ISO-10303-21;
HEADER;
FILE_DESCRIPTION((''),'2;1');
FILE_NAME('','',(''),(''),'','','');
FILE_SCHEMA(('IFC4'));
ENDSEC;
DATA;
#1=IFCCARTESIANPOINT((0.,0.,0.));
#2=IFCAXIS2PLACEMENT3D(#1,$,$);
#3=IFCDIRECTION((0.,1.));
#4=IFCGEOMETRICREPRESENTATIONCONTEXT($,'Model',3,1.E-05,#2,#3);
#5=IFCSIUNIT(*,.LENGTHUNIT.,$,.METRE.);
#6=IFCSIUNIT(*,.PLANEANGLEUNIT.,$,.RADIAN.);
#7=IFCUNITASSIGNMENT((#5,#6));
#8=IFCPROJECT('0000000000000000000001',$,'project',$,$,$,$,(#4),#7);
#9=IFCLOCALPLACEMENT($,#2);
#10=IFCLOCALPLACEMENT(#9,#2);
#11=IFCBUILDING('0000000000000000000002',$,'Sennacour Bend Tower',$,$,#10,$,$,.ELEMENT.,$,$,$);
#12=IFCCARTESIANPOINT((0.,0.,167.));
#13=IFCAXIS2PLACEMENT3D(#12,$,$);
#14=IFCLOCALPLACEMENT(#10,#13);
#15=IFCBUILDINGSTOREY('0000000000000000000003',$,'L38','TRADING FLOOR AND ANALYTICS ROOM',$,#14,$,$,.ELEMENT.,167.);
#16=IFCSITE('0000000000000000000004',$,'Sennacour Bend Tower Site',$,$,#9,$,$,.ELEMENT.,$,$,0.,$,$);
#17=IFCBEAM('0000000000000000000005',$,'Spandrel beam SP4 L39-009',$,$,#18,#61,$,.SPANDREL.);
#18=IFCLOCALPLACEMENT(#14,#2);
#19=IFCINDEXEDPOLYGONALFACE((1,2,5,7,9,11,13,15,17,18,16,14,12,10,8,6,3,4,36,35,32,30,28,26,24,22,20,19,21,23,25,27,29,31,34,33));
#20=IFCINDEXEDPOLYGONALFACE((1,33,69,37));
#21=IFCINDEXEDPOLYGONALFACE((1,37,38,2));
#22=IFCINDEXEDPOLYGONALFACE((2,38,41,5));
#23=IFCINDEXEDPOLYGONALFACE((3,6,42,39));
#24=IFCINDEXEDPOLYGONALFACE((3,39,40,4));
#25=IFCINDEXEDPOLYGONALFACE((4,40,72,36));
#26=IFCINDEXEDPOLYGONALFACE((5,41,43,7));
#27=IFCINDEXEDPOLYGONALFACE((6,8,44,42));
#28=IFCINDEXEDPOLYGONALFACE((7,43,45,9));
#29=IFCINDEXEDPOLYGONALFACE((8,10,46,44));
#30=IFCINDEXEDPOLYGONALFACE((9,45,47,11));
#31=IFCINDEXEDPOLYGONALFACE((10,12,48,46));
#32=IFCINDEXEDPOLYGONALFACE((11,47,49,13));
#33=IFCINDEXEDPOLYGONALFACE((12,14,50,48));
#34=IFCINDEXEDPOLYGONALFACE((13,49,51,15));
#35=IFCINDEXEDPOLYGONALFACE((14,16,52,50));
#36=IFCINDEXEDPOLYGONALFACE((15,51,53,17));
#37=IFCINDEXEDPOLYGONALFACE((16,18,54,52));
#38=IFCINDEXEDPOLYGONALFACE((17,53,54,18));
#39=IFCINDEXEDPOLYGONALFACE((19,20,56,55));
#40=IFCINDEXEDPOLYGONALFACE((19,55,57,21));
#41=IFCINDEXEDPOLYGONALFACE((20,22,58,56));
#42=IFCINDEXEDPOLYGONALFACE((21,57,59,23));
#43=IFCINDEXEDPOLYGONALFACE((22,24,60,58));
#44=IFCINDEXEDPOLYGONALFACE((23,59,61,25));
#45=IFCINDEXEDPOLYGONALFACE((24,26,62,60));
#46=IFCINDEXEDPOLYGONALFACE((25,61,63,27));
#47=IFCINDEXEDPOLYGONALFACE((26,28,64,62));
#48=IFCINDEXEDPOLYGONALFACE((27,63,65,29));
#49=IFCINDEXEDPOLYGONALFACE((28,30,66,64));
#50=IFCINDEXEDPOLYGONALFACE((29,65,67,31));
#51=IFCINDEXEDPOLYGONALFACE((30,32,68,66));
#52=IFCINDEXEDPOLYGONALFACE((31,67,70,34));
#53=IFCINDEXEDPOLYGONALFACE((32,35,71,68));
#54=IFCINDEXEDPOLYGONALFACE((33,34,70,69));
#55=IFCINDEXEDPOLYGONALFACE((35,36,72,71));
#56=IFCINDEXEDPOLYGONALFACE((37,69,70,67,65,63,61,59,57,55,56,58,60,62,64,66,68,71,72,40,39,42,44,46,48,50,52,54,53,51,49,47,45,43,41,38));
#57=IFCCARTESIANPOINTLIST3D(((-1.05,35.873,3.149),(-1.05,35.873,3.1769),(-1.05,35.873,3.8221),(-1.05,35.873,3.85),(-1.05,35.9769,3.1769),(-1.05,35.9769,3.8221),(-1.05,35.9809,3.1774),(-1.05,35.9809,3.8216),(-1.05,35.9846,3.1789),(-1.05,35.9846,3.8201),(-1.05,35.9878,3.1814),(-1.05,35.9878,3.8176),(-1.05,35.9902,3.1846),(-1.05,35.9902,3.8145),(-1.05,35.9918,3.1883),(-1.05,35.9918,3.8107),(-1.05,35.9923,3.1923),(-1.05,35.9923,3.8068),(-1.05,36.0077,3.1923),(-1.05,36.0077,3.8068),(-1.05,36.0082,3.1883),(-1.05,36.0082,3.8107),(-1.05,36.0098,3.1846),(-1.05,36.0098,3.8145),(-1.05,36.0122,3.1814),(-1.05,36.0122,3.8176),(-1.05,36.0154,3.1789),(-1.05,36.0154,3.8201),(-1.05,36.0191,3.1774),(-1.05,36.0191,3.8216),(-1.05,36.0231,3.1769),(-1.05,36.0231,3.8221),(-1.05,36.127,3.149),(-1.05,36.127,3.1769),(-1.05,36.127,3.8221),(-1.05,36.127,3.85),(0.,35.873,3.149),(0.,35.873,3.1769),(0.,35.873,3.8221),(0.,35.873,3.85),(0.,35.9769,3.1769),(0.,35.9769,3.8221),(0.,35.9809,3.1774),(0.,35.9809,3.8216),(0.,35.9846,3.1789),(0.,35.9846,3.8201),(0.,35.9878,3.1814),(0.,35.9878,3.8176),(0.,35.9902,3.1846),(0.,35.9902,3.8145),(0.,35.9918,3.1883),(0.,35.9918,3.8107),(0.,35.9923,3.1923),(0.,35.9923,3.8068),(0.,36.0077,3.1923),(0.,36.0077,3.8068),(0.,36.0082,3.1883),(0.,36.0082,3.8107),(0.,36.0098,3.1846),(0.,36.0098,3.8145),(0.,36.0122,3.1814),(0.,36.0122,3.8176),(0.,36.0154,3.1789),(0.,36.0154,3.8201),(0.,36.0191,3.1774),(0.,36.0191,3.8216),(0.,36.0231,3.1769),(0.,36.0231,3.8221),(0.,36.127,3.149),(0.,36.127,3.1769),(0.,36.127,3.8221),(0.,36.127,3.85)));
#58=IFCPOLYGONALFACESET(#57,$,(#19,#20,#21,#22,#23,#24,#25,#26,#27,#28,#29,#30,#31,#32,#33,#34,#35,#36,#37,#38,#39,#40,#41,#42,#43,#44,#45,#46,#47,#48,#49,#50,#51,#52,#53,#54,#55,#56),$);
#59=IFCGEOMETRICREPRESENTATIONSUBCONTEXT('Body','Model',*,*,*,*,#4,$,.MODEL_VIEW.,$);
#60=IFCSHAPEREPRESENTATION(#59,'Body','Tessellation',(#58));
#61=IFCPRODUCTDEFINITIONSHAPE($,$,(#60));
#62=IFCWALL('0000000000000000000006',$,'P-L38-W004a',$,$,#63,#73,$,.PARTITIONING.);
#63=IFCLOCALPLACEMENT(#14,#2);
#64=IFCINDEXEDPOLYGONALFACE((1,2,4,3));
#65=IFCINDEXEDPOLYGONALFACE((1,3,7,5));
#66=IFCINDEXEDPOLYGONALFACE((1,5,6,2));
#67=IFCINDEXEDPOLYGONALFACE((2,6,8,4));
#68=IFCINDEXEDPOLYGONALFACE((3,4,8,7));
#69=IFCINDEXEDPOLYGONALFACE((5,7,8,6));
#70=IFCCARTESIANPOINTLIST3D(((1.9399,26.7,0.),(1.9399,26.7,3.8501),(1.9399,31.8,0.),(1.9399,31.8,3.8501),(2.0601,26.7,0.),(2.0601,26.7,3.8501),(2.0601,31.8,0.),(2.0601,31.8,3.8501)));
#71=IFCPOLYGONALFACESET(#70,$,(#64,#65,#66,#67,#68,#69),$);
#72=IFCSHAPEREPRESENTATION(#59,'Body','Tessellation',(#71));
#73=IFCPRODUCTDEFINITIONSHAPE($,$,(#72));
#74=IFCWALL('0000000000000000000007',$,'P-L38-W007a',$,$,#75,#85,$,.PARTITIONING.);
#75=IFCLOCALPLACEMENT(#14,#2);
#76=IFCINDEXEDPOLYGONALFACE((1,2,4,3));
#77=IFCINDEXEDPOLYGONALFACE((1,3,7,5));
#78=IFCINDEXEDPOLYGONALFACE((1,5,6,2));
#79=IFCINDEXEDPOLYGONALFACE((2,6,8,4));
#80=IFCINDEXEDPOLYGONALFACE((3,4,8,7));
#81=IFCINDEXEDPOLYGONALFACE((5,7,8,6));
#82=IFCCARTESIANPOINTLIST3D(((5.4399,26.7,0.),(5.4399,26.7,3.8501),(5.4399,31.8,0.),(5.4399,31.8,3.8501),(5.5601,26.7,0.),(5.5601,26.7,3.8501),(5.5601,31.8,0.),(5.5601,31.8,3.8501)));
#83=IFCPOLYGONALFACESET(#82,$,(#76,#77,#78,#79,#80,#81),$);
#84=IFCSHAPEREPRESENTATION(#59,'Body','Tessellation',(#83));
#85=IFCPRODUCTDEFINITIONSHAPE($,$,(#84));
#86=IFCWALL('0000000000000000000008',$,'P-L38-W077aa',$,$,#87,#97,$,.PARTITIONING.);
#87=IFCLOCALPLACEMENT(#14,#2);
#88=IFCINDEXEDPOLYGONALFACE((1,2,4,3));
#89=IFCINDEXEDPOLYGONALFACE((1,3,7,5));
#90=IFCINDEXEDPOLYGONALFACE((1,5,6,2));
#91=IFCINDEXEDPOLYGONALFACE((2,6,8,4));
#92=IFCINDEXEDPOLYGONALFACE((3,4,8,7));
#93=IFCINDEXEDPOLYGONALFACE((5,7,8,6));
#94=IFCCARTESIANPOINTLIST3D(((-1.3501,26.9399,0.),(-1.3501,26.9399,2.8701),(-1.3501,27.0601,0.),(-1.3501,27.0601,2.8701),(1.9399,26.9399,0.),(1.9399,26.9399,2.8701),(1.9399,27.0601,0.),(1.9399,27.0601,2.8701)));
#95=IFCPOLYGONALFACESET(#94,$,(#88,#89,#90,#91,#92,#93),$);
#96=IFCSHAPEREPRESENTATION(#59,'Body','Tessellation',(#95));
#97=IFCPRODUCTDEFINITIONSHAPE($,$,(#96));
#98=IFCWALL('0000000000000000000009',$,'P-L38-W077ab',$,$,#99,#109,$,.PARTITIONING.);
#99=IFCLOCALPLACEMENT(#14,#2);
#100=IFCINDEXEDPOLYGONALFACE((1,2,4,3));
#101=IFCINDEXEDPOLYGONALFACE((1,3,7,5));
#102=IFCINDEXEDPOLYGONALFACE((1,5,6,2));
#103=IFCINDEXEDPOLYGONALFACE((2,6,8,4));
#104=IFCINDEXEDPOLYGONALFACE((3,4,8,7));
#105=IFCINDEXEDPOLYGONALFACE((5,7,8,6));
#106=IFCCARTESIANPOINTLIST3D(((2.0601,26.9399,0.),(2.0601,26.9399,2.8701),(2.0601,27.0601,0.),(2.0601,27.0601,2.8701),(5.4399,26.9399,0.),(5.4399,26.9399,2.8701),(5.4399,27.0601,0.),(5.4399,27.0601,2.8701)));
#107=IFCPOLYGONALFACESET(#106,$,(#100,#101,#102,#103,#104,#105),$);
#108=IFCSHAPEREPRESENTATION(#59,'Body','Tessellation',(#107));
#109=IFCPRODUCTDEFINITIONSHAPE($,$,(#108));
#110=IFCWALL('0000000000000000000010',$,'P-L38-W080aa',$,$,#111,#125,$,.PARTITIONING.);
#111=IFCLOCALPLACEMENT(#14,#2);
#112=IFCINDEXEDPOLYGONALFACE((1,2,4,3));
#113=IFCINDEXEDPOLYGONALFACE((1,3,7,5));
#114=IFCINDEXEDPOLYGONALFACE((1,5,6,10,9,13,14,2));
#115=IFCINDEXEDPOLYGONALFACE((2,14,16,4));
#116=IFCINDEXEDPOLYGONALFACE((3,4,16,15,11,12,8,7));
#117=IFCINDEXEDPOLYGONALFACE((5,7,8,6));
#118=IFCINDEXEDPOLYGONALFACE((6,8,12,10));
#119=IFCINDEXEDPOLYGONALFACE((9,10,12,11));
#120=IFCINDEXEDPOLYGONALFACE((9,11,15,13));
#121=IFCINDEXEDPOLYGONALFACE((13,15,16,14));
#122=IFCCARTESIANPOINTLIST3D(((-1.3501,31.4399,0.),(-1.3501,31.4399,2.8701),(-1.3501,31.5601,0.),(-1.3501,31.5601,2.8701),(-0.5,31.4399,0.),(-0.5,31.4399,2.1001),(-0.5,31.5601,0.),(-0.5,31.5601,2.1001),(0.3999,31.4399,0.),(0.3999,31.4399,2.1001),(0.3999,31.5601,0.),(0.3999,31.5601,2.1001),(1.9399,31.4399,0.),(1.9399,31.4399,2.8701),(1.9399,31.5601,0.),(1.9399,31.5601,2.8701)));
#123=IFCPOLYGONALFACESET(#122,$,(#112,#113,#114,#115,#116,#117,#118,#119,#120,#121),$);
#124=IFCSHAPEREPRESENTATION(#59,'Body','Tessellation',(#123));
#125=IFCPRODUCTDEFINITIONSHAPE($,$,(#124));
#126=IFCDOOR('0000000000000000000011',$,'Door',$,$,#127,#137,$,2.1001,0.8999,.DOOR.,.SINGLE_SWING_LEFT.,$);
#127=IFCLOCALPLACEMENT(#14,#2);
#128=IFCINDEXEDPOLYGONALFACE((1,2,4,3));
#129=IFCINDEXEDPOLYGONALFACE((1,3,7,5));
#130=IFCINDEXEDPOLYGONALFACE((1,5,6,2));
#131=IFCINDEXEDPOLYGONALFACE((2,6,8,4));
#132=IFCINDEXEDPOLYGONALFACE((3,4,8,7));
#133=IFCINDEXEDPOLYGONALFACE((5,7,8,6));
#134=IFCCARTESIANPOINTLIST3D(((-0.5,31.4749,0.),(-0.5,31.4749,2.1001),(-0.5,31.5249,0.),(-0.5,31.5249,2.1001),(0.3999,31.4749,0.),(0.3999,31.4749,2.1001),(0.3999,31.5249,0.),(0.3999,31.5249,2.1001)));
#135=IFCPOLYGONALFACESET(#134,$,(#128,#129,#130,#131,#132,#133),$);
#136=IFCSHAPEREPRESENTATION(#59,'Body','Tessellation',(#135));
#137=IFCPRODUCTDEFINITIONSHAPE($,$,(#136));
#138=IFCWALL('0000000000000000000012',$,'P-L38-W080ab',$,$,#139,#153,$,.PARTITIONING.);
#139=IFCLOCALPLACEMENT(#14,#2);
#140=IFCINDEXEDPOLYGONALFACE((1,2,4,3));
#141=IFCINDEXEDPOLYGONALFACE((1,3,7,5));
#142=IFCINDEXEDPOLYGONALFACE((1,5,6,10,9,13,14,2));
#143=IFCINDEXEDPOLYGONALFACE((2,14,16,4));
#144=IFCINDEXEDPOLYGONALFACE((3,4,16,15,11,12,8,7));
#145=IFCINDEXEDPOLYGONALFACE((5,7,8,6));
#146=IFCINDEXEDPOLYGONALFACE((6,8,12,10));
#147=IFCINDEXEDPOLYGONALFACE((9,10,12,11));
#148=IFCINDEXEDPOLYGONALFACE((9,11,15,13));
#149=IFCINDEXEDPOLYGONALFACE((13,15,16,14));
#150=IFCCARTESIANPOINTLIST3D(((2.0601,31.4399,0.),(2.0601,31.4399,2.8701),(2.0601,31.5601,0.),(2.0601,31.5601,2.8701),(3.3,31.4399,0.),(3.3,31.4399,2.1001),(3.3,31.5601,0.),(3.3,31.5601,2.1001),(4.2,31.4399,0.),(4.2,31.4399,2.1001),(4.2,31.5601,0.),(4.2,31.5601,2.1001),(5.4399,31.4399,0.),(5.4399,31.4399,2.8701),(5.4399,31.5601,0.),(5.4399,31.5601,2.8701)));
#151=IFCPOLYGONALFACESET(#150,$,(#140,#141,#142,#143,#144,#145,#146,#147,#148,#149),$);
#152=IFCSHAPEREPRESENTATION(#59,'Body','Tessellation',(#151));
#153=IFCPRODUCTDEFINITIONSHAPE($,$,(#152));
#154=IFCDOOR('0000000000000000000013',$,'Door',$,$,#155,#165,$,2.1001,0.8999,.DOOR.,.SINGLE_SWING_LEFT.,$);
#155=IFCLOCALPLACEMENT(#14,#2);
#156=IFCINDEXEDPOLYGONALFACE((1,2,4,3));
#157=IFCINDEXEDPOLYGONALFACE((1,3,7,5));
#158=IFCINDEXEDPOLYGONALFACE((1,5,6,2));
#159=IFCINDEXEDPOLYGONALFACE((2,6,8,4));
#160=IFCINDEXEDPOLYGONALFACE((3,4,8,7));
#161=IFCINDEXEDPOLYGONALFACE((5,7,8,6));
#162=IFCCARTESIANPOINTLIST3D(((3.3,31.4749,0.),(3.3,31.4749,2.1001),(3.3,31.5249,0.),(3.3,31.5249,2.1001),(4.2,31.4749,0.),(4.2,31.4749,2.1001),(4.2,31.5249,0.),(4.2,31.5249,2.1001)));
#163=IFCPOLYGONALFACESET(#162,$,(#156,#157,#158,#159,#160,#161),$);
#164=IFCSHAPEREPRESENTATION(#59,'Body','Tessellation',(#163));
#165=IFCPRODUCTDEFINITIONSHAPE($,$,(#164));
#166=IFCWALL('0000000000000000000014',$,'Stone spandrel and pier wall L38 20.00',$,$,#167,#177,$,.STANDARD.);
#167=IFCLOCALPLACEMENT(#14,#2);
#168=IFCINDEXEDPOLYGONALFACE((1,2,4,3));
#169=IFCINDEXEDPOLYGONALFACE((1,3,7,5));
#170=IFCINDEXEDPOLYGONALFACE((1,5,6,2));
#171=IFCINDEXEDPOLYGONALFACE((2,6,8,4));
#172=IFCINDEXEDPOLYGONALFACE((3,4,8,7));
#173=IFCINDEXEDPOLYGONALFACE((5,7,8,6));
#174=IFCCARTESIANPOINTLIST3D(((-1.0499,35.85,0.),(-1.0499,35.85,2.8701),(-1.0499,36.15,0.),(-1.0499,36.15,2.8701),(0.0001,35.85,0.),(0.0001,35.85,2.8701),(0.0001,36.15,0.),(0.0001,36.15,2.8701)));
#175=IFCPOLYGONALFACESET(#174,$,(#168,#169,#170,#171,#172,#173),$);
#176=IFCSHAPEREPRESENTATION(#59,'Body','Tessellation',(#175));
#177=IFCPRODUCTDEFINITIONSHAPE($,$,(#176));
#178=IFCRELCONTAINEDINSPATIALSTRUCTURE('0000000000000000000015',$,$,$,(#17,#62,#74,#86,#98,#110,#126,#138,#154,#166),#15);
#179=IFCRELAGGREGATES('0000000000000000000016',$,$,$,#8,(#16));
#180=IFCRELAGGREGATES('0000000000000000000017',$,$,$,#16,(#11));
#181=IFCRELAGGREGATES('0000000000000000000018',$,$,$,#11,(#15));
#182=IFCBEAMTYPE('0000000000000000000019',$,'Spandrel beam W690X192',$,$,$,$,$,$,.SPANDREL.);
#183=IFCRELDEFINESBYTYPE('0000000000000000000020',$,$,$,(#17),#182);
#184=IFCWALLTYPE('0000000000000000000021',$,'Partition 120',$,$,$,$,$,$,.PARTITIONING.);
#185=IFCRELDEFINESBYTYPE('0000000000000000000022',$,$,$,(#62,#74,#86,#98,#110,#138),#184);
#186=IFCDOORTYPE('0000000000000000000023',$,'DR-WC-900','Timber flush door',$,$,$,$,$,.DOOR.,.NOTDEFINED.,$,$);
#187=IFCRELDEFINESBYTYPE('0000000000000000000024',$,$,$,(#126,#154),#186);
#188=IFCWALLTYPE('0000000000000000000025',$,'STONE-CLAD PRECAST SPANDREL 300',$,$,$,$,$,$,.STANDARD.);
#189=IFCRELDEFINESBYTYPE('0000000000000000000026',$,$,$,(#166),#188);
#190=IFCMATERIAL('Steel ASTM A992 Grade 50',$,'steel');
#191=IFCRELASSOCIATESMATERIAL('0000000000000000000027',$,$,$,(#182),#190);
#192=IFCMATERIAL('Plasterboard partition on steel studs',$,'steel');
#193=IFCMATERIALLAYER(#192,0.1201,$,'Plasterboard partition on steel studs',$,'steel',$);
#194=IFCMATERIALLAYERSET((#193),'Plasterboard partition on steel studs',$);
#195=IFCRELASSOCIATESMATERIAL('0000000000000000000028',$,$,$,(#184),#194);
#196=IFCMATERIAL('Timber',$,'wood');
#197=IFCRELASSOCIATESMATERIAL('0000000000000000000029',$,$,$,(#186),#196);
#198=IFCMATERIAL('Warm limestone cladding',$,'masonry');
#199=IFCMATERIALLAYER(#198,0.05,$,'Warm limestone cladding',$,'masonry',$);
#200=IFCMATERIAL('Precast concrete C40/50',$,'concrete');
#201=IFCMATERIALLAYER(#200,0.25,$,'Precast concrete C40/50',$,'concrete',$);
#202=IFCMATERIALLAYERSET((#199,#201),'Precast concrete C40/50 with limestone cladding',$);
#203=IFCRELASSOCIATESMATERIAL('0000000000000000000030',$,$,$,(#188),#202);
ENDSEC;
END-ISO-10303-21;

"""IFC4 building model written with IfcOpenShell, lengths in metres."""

from ifc_helpers import new_model, si_unit, direction, frame, frame_2d, origin, origin_2d, place, context, subcontext, project, spatial, rectangle, i_section, extrude, material, layer, layer_set, material_profile, profile_set, type_object, element, fill, save


model = new_model("IFC4")

# Units and contexts
model_context = context("Model", 3, precision=1e-05, world=origin(), true_north=direction((0.0, 1.0)))
body_context = subcontext(model_context, "Body", "Model", "MODEL_VIEW")
ifc_project = project(units=[si_unit("LENGTHUNIT", "METRE"), si_unit("PLANEANGLEUNIT", "RADIAN")], contexts=[model_context])

# Site, building, storey
site_placement = place(None, origin())
site = spatial("IfcSite", under=ifc_project, at=site_placement, Name="Sennacour Bend Tower Site", CompositionType="ELEMENT", RefElevation=0.0)
building_placement = place(site_placement, origin())
building = spatial("IfcBuilding", under=site, at=building_placement, Name="Sennacour Bend Tower", CompositionType="ELEMENT")
storey_placement = place(building_placement, frame((0.0, 0.0, 167.0)))
storey = spatial("IfcBuildingStorey", under=building, at=storey_placement, Name="L38", Description="TRADING FLOOR AND ANALYTICS ROOM", CompositionType="ELEMENT", Elevation=167.0)

# Beam
ifc_material_1 = material(Name="Steel ASTM A992 Grade 50", Category="steel")
ifc_material_profile_1 = material_profile(ifc_material_1, i_section(OverallWidth=0.2539, OverallDepth=0.7009, WebThickness=0.0154, FlangeThickness=0.0278, FilletRadius=0.0154, at=origin_2d()), Name="Steel ASTM A992 Grade 50", Category="steel")
ifc_profile_set_1 = profile_set([ifc_material_profile_1], Name="Steel ASTM A992 Grade 50")
beam_type_1 = type_object("IfcBeamType", Name="Spandrel beam W690X192", PredefinedType="SPANDREL", material=ifc_profile_set_1)
beam_1_placement = place(storey_placement, frame((-1.05, 36.0, 3.4995), z_axis=(1.0, 0.0, 0.0), x_axis=(0.0, 1.0, 0.0)))
element("IfcBeam", 1, at=beam_1_placement, inside=storey, type_object=beam_type_1, Name="Spandrel beam SP4 L39-009", PredefinedType="SPANDREL", context=body_context, shape_type="SweptSolid", body=[
    extrude(i_section(OverallWidth=0.2539, OverallDepth=0.7009, WebThickness=0.0154, FlangeThickness=0.0278, FilletRadius=0.0154, at=origin_2d()), origin(), (0.0, 0.0, 1.0), 1.05),
])

# Walls
ifc_material_2 = material(Name="Plasterboard partition on steel studs", Category="steel")
ifc_layer_1 = layer(ifc_material_2, 0.1201, Name="Plasterboard partition on steel studs", Category="steel")
ifc_layer_set_1 = layer_set([ifc_layer_1], Name="Plasterboard partition on steel studs")
wall_type_1 = type_object("IfcWallType", Name="Partition 120", PredefinedType="PARTITIONING", material=ifc_layer_set_1)
for number, where, z_axis, x_axis, name in (
    (2, (2.0, 26.7, 0.0), (0.0, 0.0, 1.0), (0.0, 1.0, 0.0), "P-L38-W004a"),
    (3, (5.5, 26.7, 0.0), (0.0, 0.0, 1.0), (0.0, 1.0, 0.0), "P-L38-W007a"),
):
    element("IfcWall", number, at=place(storey_placement, frame(where, z_axis=z_axis, x_axis=x_axis)), inside=storey, type_object=wall_type_1, Name=name, PredefinedType="PARTITIONING", context=body_context, shape_type="SweptSolid", body=[
        extrude(rectangle(XDim=5.1001, YDim=0.1201, at=frame_2d((2.55, 0.0))), origin(), (0.0, 0.0, 1.0), 3.8501),
    ])
wall_1_placement = place(storey_placement, frame((-1.3501, 27.0, 0.0), z_axis=(0.0, 0.0, 1.0), x_axis=(1.0, 0.0, 0.0)))
element("IfcWall", 4, at=wall_1_placement, inside=storey, type_object=wall_type_1, Name="P-L38-W077aa", PredefinedType="PARTITIONING", context=body_context, shape_type="SweptSolid", body=[
    extrude(rectangle(XDim=3.29, YDim=0.1201, at=frame_2d((1.645, 0.0))), origin(), (0.0, 0.0, 1.0), 2.8701),
])
wall_2_placement = place(storey_placement, frame((2.0601, 27.0, 0.0), z_axis=(0.0, 0.0, 1.0), x_axis=(1.0, 0.0, 0.0)))
element("IfcWall", 5, at=wall_2_placement, inside=storey, type_object=wall_type_1, Name="P-L38-W077ab", PredefinedType="PARTITIONING", context=body_context, shape_type="SweptSolid", body=[
    extrude(rectangle(XDim=3.3799, YDim=0.1201, at=frame_2d((1.6899, 0.0))), origin(), (0.0, 0.0, 1.0), 2.8701),
])

# Walls, openings, doors
wall_3_placement = place(storey_placement, frame((-1.3501, 31.5, 0.0), z_axis=(0.0, 0.0, 1.0), x_axis=(1.0, 0.0, 0.0)))
wall_3 = element("IfcWall", 6, at=wall_3_placement, inside=storey, type_object=wall_type_1, Name="P-L38-W080aa", PredefinedType="PARTITIONING", context=body_context, shape_type="SweptSolid", body=[
    extrude(rectangle(XDim=3.29, YDim=0.1201, at=frame_2d((1.645, 0.0))), origin(), (0.0, 0.0, 1.0), 2.8701),
])
opening_1_placement = place(wall_3_placement, frame((0.8501, 0.0, 0.0)))
opening_1 = element("IfcOpeningElement", 7, at=opening_1_placement, cuts=wall_3, PredefinedType="OPENING", context=body_context, shape_type="SweptSolid", body=[
    extrude(rectangle(XDim=0.8999, YDim=2.1001, at=frame_2d((0.45, 1.05))), frame((0.0, 0.0701, 0.0), z_axis=(0.0, -1.0, 0.0), x_axis=(1.0, 0.0, 0.0)), (0.0, 0.0, 1.0), 0.1401),
])
ifc_material_3 = material(Name="Timber", Category="wood")
door_type = type_object("IfcDoorType", Name="DR-WC-900", Description="Timber flush door", OperationType="NOTDEFINED", PredefinedType="DOOR", material=ifc_material_3)
door_1_placement = place(opening_1_placement, origin())
door_1 = element("IfcDoor", 8, at=door_1_placement, inside=storey, type_object=door_type, Name="Door", OperationType="SINGLE_SWING_LEFT", OverallHeight=2.1001, OverallWidth=0.8999, PredefinedType="DOOR", context=body_context, shape_type="SweptSolid", body=[
    extrude(rectangle(XDim=0.8999, YDim=2.1001, at=frame_2d((0.45, 1.05))), frame((0.0, 0.0249, 0.0), z_axis=(0.0, -1.0, 0.0), x_axis=(1.0, 0.0, 0.0)), (0.0, 0.0, 1.0), 0.05),
])
fill(opening_1, door_1)
wall_4_placement = place(storey_placement, frame((2.0601, 31.5, 0.0), z_axis=(0.0, 0.0, 1.0), x_axis=(1.0, 0.0, 0.0)))
wall_4 = element("IfcWall", 9, at=wall_4_placement, inside=storey, type_object=wall_type_1, Name="P-L38-W080ab", PredefinedType="PARTITIONING", context=body_context, shape_type="SweptSolid", body=[
    extrude(rectangle(XDim=3.3799, YDim=0.1201, at=frame_2d((1.6899, 0.0))), origin(), (0.0, 0.0, 1.0), 2.8701),
])
opening_2_placement = place(wall_4_placement, frame((1.24, 0.0, 0.0)))
opening_2 = element("IfcOpeningElement", 10, at=opening_2_placement, cuts=wall_4, PredefinedType="OPENING", context=body_context, shape_type="SweptSolid", body=[
    extrude(rectangle(XDim=0.8999, YDim=2.1001, at=frame_2d((0.45, 1.05))), frame((0.0, 0.0701, 0.0), z_axis=(0.0, -1.0, 0.0), x_axis=(1.0, 0.0, 0.0)), (0.0, 0.0, 1.0), 0.1401),
])
door_2_placement = place(opening_2_placement, origin())
door_2 = element("IfcDoor", 11, at=door_2_placement, inside=storey, type_object=door_type, Name="Door", OperationType="SINGLE_SWING_LEFT", OverallHeight=2.1001, OverallWidth=0.8999, PredefinedType="DOOR", context=body_context, shape_type="SweptSolid", body=[
    extrude(rectangle(XDim=0.8999, YDim=2.1001, at=frame_2d((0.45, 1.05))), frame((0.0, 0.0249, 0.0), z_axis=(0.0, -1.0, 0.0), x_axis=(1.0, 0.0, 0.0)), (0.0, 0.0, 1.0), 0.05),
])
fill(opening_2, door_2)

# Wall
ifc_material_4 = material(Name="Warm limestone cladding", Category="masonry")
ifc_layer_2 = layer(ifc_material_4, 0.05, Name="Warm limestone cladding", Category="masonry")
ifc_material_5 = material(Name="Precast concrete C40/50", Category="concrete")
ifc_layer_3 = layer(ifc_material_5, 0.25, Name="Precast concrete C40/50", Category="concrete")
ifc_layer_set_2 = layer_set([ifc_layer_2, ifc_layer_3], Name="Precast concrete C40/50 with limestone cladding")
wall_type_2 = type_object("IfcWallType", Name="STONE-CLAD PRECAST SPANDREL 300", PredefinedType="STANDARD", material=ifc_layer_set_2)
wall_5_placement = place(storey_placement, frame((0.0, 36.0, 0.0), z_axis=(0.0, 0.0, 1.0), x_axis=(-1.0, 0.0, 0.0)))
element("IfcWall", 12, at=wall_5_placement, inside=storey, type_object=wall_type_2, Name="Stone spandrel and pier wall L38 20.00", PredefinedType="STANDARD", context=body_context, shape_type="SweptSolid", body=[
    extrude(rectangle(XDim=1.05, YDim=0.3, at=frame_2d((0.5249, 0.0))), origin(), (0.0, 0.0, 1.0), 2.8701),
])

save(model, "model.ifc")
